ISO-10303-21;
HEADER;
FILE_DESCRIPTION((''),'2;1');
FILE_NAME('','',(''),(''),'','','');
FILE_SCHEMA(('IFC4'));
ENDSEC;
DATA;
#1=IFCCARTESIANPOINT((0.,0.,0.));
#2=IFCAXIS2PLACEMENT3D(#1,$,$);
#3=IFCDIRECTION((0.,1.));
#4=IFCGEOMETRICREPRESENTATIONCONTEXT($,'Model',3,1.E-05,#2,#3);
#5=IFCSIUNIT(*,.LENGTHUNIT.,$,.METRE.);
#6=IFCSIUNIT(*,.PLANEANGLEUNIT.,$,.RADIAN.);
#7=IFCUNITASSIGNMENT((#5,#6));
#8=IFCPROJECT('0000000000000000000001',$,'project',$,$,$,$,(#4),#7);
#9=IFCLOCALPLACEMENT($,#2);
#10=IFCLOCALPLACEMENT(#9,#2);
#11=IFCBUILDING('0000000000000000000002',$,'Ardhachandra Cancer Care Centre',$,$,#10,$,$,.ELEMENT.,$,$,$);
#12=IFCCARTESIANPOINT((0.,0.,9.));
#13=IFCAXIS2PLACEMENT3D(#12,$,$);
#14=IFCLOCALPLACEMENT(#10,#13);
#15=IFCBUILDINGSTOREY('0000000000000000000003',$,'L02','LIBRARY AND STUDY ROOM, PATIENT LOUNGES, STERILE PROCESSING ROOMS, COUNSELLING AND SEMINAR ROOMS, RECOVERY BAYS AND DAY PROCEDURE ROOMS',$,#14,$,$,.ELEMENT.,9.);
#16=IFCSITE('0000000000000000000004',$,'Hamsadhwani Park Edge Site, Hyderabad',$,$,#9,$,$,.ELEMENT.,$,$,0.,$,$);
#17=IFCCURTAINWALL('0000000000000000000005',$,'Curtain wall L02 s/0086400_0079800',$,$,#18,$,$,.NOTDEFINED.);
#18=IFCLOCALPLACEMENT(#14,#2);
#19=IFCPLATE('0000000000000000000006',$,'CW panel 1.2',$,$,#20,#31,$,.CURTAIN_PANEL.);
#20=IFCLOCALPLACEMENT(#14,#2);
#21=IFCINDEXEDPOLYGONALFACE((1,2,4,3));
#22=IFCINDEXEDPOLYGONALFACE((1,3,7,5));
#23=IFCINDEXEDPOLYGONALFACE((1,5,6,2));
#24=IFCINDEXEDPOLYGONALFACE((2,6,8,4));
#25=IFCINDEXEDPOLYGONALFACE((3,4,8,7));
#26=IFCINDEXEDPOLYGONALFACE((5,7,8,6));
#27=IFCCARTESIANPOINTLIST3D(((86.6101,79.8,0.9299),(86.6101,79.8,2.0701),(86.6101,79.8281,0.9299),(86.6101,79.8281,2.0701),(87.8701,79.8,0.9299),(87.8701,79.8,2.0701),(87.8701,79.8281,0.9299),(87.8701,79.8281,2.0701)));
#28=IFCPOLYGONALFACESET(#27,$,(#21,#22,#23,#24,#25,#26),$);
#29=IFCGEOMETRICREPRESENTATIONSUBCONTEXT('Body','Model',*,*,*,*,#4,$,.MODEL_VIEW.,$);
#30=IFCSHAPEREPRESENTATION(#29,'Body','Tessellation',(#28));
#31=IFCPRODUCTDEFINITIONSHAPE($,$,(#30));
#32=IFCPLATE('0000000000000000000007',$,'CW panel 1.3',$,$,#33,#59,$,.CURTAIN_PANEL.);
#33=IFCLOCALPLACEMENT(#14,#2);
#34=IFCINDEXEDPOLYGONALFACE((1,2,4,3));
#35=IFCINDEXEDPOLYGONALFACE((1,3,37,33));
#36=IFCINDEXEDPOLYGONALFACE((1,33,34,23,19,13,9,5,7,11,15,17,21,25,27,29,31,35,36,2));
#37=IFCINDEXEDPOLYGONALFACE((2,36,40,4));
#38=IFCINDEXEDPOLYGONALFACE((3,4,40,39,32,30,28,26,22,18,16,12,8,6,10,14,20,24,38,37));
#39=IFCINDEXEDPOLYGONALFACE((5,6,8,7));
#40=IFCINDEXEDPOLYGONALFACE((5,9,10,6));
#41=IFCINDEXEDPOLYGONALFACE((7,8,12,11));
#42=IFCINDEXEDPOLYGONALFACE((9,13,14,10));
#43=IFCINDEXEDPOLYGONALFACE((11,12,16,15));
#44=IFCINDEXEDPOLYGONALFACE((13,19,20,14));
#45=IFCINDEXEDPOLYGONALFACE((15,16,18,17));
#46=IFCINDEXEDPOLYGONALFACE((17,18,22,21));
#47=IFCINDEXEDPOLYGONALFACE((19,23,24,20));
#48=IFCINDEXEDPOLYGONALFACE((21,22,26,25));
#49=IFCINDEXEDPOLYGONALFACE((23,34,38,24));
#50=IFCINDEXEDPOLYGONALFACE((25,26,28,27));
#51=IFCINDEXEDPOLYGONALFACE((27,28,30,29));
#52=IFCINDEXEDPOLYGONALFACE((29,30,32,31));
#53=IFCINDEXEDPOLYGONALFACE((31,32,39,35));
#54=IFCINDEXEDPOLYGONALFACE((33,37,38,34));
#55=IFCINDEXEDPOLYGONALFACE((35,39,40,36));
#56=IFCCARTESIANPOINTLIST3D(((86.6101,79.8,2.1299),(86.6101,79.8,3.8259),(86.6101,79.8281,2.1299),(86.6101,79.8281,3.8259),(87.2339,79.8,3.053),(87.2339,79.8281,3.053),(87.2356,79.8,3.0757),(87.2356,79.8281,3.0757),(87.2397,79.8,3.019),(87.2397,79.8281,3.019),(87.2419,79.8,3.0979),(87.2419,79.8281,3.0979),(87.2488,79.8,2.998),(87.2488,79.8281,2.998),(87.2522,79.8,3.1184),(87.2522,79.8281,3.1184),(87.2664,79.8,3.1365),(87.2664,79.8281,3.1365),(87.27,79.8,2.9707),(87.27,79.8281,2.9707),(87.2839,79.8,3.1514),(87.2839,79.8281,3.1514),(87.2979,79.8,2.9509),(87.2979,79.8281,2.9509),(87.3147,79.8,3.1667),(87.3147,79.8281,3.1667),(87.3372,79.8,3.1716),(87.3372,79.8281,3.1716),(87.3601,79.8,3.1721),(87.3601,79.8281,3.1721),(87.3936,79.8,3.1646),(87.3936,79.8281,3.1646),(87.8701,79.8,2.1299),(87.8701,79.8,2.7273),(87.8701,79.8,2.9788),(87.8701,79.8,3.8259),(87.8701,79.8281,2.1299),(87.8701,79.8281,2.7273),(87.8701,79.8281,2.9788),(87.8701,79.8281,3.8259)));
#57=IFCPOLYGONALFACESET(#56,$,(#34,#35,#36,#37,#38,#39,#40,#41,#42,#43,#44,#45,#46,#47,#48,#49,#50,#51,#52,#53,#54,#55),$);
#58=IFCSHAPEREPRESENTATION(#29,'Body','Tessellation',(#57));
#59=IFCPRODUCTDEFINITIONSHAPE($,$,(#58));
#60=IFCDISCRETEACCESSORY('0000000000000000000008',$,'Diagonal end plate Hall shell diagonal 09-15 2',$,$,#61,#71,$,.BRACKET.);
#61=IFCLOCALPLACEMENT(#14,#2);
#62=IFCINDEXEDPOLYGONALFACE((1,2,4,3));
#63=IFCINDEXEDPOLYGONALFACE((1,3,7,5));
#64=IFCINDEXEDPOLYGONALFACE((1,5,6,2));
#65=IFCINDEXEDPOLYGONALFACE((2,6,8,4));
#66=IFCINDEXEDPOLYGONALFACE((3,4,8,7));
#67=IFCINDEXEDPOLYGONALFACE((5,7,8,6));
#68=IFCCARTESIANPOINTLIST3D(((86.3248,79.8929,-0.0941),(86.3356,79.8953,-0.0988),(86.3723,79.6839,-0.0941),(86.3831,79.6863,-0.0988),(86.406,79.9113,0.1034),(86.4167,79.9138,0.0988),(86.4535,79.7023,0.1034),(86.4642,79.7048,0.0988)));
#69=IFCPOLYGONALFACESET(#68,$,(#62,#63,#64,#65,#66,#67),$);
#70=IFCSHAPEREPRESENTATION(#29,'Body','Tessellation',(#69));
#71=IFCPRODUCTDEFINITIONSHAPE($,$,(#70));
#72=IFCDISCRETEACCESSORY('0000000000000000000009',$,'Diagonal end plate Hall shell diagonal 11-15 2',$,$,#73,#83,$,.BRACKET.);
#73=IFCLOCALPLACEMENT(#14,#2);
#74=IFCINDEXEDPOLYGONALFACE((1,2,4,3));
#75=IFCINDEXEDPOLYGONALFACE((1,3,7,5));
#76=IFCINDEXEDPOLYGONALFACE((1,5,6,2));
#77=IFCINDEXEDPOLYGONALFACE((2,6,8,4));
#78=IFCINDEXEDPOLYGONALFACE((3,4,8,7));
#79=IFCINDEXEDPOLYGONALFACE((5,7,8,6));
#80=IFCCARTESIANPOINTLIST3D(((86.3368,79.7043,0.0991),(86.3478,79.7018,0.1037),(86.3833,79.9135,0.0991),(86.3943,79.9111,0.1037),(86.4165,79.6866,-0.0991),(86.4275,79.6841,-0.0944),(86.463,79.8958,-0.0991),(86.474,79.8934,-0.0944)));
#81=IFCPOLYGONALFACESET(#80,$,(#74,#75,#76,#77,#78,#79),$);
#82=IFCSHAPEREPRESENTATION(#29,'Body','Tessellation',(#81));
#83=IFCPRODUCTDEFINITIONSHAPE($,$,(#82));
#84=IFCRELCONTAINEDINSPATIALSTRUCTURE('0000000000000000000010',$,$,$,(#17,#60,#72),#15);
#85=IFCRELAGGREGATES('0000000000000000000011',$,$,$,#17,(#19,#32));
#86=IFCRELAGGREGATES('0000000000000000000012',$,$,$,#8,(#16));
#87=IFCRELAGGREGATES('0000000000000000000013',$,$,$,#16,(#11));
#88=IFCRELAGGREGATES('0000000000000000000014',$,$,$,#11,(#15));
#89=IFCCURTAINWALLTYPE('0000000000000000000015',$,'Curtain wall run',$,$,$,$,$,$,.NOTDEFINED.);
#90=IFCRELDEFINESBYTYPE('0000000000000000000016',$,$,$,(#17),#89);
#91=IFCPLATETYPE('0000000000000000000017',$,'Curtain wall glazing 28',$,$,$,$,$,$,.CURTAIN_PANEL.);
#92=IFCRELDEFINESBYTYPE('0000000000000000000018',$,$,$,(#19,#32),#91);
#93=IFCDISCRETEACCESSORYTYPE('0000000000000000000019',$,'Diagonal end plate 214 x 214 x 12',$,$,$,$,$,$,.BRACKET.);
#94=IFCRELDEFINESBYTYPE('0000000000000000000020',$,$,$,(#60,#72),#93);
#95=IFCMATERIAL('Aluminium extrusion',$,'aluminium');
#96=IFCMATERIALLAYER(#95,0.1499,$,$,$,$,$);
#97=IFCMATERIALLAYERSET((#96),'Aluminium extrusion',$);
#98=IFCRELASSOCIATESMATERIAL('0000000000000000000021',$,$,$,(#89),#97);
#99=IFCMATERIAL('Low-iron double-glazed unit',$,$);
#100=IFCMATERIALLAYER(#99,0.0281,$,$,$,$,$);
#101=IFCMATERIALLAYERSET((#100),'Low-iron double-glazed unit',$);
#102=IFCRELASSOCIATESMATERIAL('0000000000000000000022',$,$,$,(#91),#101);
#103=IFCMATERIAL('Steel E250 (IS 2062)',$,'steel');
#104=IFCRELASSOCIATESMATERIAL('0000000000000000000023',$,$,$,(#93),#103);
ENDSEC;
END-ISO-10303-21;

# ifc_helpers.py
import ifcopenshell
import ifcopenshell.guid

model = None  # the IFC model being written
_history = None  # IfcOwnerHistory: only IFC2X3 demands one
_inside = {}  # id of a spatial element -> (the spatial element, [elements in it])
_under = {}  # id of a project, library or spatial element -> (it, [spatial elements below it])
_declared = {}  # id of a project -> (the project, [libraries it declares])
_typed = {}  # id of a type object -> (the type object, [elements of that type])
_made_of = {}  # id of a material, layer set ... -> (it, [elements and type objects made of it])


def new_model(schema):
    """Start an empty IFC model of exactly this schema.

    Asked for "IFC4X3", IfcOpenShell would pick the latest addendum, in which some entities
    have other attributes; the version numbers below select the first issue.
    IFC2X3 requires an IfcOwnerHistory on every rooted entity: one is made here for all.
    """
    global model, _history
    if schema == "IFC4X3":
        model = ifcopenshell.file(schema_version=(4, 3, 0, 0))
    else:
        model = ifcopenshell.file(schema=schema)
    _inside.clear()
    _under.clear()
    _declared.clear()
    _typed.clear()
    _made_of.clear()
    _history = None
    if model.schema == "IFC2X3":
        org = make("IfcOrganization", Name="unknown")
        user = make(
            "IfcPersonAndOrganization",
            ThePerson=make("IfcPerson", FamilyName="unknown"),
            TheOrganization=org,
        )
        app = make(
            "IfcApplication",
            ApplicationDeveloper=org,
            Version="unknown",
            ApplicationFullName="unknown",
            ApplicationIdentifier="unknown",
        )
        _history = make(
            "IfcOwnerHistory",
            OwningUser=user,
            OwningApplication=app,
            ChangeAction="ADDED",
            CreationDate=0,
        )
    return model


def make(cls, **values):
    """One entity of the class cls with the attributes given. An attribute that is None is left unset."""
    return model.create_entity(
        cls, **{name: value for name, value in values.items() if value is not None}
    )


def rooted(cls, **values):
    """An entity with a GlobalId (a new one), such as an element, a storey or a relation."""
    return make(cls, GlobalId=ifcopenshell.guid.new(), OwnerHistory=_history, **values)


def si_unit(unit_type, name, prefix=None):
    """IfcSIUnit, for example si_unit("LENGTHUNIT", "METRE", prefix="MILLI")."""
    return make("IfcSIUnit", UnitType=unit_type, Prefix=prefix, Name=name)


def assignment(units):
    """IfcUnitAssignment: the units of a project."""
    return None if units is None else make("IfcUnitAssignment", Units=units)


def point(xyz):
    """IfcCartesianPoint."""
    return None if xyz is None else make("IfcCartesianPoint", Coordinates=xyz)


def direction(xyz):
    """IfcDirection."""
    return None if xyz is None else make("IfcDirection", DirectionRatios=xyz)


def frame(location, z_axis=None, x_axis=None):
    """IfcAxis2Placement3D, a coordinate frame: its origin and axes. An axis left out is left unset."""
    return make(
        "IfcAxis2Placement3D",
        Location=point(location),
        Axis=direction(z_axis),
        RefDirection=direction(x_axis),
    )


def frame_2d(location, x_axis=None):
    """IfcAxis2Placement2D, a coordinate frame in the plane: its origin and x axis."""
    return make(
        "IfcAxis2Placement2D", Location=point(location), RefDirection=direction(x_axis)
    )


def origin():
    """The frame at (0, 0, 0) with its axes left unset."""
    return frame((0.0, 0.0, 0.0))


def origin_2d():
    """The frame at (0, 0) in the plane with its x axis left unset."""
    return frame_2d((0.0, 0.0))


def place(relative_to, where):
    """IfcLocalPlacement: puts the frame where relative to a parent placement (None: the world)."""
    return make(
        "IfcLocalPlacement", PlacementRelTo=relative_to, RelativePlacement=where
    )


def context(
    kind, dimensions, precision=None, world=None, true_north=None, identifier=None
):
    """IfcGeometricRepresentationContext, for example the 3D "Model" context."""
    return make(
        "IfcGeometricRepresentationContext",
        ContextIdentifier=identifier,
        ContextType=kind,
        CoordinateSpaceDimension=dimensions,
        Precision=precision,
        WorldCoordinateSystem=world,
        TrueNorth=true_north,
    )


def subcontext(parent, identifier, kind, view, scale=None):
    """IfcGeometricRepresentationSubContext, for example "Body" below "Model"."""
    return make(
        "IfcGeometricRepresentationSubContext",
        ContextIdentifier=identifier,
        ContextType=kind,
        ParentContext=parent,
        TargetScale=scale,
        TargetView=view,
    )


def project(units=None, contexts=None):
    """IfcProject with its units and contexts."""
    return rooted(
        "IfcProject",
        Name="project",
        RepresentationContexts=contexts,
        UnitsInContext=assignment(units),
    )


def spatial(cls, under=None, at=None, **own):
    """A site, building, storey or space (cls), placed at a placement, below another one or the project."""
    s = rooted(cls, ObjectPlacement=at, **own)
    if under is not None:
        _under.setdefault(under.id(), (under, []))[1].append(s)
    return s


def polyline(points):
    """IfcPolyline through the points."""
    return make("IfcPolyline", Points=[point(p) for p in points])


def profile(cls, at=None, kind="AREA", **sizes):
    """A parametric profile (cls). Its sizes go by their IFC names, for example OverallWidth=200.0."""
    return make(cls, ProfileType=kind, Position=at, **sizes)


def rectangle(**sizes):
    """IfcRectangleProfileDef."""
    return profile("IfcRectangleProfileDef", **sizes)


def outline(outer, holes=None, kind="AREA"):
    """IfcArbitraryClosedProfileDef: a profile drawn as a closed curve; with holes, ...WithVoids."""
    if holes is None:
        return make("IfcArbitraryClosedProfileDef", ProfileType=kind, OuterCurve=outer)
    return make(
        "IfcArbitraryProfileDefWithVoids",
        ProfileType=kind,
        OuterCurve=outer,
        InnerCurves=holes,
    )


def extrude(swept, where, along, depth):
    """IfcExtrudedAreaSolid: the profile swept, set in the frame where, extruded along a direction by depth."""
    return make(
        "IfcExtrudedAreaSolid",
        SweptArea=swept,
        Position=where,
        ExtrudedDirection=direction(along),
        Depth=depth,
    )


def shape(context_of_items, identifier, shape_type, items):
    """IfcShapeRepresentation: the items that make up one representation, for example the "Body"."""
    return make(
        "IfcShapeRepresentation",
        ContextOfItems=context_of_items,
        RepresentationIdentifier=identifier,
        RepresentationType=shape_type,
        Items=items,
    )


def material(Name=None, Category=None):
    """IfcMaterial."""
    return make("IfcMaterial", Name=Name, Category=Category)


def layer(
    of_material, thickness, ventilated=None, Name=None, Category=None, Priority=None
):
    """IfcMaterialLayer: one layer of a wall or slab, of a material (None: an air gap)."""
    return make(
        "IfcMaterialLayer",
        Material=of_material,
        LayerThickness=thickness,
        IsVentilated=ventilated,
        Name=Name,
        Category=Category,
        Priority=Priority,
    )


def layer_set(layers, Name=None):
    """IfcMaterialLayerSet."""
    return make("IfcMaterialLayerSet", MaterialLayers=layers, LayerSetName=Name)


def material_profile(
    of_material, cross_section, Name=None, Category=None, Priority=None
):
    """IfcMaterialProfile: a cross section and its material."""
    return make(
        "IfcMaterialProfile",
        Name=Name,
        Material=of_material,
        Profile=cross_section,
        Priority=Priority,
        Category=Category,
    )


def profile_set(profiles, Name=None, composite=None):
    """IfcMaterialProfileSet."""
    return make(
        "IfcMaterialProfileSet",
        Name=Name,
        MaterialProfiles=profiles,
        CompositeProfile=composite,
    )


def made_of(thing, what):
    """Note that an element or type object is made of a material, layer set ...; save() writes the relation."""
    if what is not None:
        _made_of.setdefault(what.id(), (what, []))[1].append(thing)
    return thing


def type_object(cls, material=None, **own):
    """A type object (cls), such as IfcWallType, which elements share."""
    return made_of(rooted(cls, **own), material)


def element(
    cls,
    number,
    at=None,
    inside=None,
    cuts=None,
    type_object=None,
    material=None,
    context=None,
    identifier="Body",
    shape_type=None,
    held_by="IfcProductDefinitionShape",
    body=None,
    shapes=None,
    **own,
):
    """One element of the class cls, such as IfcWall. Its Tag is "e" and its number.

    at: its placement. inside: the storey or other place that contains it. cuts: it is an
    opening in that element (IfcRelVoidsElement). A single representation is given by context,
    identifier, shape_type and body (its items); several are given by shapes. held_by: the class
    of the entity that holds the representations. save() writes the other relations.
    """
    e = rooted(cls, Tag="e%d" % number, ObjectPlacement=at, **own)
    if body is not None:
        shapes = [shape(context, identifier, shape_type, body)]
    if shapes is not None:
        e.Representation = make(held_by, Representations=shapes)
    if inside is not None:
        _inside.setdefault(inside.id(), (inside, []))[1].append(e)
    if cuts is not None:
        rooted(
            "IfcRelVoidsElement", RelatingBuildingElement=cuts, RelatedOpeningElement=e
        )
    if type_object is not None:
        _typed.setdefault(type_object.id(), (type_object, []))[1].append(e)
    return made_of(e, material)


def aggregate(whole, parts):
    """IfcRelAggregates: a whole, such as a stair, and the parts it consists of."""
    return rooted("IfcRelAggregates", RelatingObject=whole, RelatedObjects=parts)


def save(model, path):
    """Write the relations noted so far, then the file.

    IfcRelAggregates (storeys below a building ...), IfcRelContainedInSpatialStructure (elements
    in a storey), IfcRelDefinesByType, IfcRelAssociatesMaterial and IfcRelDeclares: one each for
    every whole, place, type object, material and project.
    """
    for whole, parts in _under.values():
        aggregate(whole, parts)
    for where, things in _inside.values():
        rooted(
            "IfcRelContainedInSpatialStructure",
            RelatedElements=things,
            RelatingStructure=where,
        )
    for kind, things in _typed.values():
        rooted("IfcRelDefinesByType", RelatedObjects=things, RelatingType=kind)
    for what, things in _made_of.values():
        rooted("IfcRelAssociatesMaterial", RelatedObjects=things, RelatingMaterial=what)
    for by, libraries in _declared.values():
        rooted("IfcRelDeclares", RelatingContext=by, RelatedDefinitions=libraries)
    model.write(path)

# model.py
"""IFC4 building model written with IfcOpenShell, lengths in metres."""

from ifc_helpers import new_model, si_unit, direction, frame, origin, origin_2d, place, context, subcontext, project, spatial, polyline, rectangle, outline, extrude, material, layer, layer_set, material_profile, profile_set, type_object, element, aggregate, save


model = new_model("IFC4")

# Units and contexts
model_context = context("Model", 3, precision=1e-05, world=origin(), true_north=direction((0.0, 1.0)))
body_context = subcontext(model_context, "Body", "Model", "MODEL_VIEW")
ifc_project = project(units=[si_unit("LENGTHUNIT", "METRE"), si_unit("PLANEANGLEUNIT", "RADIAN")], contexts=[model_context])

# Site, building, storey
site_placement = place(None, origin())
site = spatial("IfcSite", under=ifc_project, at=site_placement, Name="Hamsadhwani Park Edge Site, Hyderabad", CompositionType="ELEMENT", RefElevation=0.0)
building_placement = place(site_placement, origin())
building = spatial("IfcBuilding", under=site, at=building_placement, Name="Ardhachandra Cancer Care Centre", CompositionType="ELEMENT")
storey_placement = place(building_placement, frame((0.0, 0.0, 9.0)))
storey = spatial("IfcBuildingStorey", under=building, at=storey_placement, Name="L02", Description="LIBRARY AND STUDY ROOM, PATIENT LOUNGES, STERILE PROCESSING ROOMS, COUNSELLING AND SEMINAR ROOMS, RECOVERY BAYS AND DAY PROCEDURE ROOMS", CompositionType="ELEMENT", Elevation=9.0)

# Curtain wall
ifc_material_1 = material(Name="Aluminium extrusion", Category="aluminium")
ifc_layer_1 = layer(ifc_material_1, 0.1499)
ifc_layer_set_1 = layer_set([ifc_layer_1], Name="Aluminium extrusion")
curtain_wall_type = type_object("IfcCurtainWallType", Name="Curtain wall run", PredefinedType="NOTDEFINED", material=ifc_layer_set_1)
curtain_wall_1_placement = place(storey_placement, origin())
curtain_wall_1 = element("IfcCurtainWall", 1, at=curtain_wall_1_placement, inside=storey, type_object=curtain_wall_type, Name="Curtain wall L02 s/0086400_0079800", PredefinedType="NOTDEFINED")

# Plates
ifc_material_2 = material(Name="Low-iron double-glazed unit")
ifc_layer_2 = layer(ifc_material_2, 0.0281)
ifc_layer_set_2 = layer_set([ifc_layer_2], Name="Low-iron double-glazed unit")
plate_type = type_object("IfcPlateType", Name="Curtain wall glazing 28", PredefinedType="CURTAIN_PANEL", material=ifc_layer_set_2)
plate_1_placement = place(storey_placement, frame((86.6101, 79.8, 0.9299), z_axis=(0.0, 1.0, 0.0), x_axis=(0.0, 0.0, 1.0)))
plate_1 = element("IfcPlate", 2, at=plate_1_placement, type_object=plate_type, Name="CW panel 1.2", PredefinedType="CURTAIN_PANEL", context=body_context, shape_type="SweptSolid", body=[
    extrude(outline(polyline([(0.0, 0.0), (1.1401, 0.0), (1.1401, 1.26), (0.0, 1.26), (0.0, 0.0)])), origin(), (0.0, 0.0, 1.0), 0.0281),
])
plate_2_placement = place(storey_placement, frame((87.8701, 79.8, 2.1299), z_axis=(0.0, 1.0, 0.0), x_axis=(-1.0, 0.0, 0.0)))
plate_2 = element("IfcPlate", 3, at=plate_2_placement, type_object=plate_type, Name="CW panel 1.3", PredefinedType="CURTAIN_PANEL", context=body_context, shape_type="SweptSolid", body=[
    extrude(outline(polyline([(0.0, 0.0), (1.26, 0.0), (1.26, 1.696), (0.0, 1.696), (0.0, 0.8489), (0.4766, 1.0347), (0.51, 1.0422), (0.533, 1.0417), (0.5554, 1.0369), (0.5862, 1.0215), (0.6038, 1.0066), (0.6179, 0.9885), (0.6282, 0.968), (0.6345, 0.9458), (0.6362, 0.9231), (0.6304, 0.8892), (0.6213, 0.8682), (0.6001, 0.8408), (0.5723, 0.821), (0.0, 0.5974), (0.0, 0.0)])), origin(), (0.0, 0.0, 1.0), 0.0281),
])
aggregate(curtain_wall_1, [plate_1, plate_2])

# Discrete accessories
ifc_material_3 = material(Name="Steel E250 (IS 2062)", Category="steel")
ifc_material_profile_1 = material_profile(ifc_material_3, rectangle(XDim=0.2144, YDim=0.2144, at=origin_2d()), Name="PL 214x214x12")
ifc_profile_set_1 = profile_set([ifc_material_profile_1], Name="Steel E250 (IS 2062)")
discrete_accessory_type = type_object("IfcDiscreteAccessoryType", Name="Diagonal end plate 214 x 214 x 12", PredefinedType="BRACKET", material=ifc_profile_set_1)
discrete_accessory_1_placement = place(storey_placement, frame((86.3999, 79.8, 0.0), z_axis=(-0.898708, -0.204252, 0.388079), x_axis=(0.221621, -0.975133, 0.0)))
element("IfcDiscreteAccessory", 4, at=discrete_accessory_1_placement, inside=storey, type_object=discrete_accessory_type, Name="Diagonal end plate Hall shell diagonal 09-15 2", PredefinedType="BRACKET", context=body_context, shape_type="SweptSolid", body=[
    extrude(rectangle(XDim=0.2144, YDim=0.2144, at=origin_2d()), origin(), (0.0, 0.0, 1.0), 0.012),
])
discrete_accessory_2_placement = place(storey_placement, frame((86.3999, 79.8, 0.0), z_axis=(0.902531, -0.200562, 0.381068), x_axis=(0.21693, 0.976187, 0.0)))
element("IfcDiscreteAccessory", 5, at=discrete_accessory_2_placement, inside=storey, type_object=discrete_accessory_type, Name="Diagonal end plate Hall shell diagonal 11-15 2", PredefinedType="BRACKET", context=body_context, shape_type="SweptSolid", body=[
    extrude(rectangle(XDim=0.2144, YDim=0.2144, at=origin_2d()), origin(), (0.0, 0.0, 1.0), 0.0122),
])

save(model, "model.ifc")
